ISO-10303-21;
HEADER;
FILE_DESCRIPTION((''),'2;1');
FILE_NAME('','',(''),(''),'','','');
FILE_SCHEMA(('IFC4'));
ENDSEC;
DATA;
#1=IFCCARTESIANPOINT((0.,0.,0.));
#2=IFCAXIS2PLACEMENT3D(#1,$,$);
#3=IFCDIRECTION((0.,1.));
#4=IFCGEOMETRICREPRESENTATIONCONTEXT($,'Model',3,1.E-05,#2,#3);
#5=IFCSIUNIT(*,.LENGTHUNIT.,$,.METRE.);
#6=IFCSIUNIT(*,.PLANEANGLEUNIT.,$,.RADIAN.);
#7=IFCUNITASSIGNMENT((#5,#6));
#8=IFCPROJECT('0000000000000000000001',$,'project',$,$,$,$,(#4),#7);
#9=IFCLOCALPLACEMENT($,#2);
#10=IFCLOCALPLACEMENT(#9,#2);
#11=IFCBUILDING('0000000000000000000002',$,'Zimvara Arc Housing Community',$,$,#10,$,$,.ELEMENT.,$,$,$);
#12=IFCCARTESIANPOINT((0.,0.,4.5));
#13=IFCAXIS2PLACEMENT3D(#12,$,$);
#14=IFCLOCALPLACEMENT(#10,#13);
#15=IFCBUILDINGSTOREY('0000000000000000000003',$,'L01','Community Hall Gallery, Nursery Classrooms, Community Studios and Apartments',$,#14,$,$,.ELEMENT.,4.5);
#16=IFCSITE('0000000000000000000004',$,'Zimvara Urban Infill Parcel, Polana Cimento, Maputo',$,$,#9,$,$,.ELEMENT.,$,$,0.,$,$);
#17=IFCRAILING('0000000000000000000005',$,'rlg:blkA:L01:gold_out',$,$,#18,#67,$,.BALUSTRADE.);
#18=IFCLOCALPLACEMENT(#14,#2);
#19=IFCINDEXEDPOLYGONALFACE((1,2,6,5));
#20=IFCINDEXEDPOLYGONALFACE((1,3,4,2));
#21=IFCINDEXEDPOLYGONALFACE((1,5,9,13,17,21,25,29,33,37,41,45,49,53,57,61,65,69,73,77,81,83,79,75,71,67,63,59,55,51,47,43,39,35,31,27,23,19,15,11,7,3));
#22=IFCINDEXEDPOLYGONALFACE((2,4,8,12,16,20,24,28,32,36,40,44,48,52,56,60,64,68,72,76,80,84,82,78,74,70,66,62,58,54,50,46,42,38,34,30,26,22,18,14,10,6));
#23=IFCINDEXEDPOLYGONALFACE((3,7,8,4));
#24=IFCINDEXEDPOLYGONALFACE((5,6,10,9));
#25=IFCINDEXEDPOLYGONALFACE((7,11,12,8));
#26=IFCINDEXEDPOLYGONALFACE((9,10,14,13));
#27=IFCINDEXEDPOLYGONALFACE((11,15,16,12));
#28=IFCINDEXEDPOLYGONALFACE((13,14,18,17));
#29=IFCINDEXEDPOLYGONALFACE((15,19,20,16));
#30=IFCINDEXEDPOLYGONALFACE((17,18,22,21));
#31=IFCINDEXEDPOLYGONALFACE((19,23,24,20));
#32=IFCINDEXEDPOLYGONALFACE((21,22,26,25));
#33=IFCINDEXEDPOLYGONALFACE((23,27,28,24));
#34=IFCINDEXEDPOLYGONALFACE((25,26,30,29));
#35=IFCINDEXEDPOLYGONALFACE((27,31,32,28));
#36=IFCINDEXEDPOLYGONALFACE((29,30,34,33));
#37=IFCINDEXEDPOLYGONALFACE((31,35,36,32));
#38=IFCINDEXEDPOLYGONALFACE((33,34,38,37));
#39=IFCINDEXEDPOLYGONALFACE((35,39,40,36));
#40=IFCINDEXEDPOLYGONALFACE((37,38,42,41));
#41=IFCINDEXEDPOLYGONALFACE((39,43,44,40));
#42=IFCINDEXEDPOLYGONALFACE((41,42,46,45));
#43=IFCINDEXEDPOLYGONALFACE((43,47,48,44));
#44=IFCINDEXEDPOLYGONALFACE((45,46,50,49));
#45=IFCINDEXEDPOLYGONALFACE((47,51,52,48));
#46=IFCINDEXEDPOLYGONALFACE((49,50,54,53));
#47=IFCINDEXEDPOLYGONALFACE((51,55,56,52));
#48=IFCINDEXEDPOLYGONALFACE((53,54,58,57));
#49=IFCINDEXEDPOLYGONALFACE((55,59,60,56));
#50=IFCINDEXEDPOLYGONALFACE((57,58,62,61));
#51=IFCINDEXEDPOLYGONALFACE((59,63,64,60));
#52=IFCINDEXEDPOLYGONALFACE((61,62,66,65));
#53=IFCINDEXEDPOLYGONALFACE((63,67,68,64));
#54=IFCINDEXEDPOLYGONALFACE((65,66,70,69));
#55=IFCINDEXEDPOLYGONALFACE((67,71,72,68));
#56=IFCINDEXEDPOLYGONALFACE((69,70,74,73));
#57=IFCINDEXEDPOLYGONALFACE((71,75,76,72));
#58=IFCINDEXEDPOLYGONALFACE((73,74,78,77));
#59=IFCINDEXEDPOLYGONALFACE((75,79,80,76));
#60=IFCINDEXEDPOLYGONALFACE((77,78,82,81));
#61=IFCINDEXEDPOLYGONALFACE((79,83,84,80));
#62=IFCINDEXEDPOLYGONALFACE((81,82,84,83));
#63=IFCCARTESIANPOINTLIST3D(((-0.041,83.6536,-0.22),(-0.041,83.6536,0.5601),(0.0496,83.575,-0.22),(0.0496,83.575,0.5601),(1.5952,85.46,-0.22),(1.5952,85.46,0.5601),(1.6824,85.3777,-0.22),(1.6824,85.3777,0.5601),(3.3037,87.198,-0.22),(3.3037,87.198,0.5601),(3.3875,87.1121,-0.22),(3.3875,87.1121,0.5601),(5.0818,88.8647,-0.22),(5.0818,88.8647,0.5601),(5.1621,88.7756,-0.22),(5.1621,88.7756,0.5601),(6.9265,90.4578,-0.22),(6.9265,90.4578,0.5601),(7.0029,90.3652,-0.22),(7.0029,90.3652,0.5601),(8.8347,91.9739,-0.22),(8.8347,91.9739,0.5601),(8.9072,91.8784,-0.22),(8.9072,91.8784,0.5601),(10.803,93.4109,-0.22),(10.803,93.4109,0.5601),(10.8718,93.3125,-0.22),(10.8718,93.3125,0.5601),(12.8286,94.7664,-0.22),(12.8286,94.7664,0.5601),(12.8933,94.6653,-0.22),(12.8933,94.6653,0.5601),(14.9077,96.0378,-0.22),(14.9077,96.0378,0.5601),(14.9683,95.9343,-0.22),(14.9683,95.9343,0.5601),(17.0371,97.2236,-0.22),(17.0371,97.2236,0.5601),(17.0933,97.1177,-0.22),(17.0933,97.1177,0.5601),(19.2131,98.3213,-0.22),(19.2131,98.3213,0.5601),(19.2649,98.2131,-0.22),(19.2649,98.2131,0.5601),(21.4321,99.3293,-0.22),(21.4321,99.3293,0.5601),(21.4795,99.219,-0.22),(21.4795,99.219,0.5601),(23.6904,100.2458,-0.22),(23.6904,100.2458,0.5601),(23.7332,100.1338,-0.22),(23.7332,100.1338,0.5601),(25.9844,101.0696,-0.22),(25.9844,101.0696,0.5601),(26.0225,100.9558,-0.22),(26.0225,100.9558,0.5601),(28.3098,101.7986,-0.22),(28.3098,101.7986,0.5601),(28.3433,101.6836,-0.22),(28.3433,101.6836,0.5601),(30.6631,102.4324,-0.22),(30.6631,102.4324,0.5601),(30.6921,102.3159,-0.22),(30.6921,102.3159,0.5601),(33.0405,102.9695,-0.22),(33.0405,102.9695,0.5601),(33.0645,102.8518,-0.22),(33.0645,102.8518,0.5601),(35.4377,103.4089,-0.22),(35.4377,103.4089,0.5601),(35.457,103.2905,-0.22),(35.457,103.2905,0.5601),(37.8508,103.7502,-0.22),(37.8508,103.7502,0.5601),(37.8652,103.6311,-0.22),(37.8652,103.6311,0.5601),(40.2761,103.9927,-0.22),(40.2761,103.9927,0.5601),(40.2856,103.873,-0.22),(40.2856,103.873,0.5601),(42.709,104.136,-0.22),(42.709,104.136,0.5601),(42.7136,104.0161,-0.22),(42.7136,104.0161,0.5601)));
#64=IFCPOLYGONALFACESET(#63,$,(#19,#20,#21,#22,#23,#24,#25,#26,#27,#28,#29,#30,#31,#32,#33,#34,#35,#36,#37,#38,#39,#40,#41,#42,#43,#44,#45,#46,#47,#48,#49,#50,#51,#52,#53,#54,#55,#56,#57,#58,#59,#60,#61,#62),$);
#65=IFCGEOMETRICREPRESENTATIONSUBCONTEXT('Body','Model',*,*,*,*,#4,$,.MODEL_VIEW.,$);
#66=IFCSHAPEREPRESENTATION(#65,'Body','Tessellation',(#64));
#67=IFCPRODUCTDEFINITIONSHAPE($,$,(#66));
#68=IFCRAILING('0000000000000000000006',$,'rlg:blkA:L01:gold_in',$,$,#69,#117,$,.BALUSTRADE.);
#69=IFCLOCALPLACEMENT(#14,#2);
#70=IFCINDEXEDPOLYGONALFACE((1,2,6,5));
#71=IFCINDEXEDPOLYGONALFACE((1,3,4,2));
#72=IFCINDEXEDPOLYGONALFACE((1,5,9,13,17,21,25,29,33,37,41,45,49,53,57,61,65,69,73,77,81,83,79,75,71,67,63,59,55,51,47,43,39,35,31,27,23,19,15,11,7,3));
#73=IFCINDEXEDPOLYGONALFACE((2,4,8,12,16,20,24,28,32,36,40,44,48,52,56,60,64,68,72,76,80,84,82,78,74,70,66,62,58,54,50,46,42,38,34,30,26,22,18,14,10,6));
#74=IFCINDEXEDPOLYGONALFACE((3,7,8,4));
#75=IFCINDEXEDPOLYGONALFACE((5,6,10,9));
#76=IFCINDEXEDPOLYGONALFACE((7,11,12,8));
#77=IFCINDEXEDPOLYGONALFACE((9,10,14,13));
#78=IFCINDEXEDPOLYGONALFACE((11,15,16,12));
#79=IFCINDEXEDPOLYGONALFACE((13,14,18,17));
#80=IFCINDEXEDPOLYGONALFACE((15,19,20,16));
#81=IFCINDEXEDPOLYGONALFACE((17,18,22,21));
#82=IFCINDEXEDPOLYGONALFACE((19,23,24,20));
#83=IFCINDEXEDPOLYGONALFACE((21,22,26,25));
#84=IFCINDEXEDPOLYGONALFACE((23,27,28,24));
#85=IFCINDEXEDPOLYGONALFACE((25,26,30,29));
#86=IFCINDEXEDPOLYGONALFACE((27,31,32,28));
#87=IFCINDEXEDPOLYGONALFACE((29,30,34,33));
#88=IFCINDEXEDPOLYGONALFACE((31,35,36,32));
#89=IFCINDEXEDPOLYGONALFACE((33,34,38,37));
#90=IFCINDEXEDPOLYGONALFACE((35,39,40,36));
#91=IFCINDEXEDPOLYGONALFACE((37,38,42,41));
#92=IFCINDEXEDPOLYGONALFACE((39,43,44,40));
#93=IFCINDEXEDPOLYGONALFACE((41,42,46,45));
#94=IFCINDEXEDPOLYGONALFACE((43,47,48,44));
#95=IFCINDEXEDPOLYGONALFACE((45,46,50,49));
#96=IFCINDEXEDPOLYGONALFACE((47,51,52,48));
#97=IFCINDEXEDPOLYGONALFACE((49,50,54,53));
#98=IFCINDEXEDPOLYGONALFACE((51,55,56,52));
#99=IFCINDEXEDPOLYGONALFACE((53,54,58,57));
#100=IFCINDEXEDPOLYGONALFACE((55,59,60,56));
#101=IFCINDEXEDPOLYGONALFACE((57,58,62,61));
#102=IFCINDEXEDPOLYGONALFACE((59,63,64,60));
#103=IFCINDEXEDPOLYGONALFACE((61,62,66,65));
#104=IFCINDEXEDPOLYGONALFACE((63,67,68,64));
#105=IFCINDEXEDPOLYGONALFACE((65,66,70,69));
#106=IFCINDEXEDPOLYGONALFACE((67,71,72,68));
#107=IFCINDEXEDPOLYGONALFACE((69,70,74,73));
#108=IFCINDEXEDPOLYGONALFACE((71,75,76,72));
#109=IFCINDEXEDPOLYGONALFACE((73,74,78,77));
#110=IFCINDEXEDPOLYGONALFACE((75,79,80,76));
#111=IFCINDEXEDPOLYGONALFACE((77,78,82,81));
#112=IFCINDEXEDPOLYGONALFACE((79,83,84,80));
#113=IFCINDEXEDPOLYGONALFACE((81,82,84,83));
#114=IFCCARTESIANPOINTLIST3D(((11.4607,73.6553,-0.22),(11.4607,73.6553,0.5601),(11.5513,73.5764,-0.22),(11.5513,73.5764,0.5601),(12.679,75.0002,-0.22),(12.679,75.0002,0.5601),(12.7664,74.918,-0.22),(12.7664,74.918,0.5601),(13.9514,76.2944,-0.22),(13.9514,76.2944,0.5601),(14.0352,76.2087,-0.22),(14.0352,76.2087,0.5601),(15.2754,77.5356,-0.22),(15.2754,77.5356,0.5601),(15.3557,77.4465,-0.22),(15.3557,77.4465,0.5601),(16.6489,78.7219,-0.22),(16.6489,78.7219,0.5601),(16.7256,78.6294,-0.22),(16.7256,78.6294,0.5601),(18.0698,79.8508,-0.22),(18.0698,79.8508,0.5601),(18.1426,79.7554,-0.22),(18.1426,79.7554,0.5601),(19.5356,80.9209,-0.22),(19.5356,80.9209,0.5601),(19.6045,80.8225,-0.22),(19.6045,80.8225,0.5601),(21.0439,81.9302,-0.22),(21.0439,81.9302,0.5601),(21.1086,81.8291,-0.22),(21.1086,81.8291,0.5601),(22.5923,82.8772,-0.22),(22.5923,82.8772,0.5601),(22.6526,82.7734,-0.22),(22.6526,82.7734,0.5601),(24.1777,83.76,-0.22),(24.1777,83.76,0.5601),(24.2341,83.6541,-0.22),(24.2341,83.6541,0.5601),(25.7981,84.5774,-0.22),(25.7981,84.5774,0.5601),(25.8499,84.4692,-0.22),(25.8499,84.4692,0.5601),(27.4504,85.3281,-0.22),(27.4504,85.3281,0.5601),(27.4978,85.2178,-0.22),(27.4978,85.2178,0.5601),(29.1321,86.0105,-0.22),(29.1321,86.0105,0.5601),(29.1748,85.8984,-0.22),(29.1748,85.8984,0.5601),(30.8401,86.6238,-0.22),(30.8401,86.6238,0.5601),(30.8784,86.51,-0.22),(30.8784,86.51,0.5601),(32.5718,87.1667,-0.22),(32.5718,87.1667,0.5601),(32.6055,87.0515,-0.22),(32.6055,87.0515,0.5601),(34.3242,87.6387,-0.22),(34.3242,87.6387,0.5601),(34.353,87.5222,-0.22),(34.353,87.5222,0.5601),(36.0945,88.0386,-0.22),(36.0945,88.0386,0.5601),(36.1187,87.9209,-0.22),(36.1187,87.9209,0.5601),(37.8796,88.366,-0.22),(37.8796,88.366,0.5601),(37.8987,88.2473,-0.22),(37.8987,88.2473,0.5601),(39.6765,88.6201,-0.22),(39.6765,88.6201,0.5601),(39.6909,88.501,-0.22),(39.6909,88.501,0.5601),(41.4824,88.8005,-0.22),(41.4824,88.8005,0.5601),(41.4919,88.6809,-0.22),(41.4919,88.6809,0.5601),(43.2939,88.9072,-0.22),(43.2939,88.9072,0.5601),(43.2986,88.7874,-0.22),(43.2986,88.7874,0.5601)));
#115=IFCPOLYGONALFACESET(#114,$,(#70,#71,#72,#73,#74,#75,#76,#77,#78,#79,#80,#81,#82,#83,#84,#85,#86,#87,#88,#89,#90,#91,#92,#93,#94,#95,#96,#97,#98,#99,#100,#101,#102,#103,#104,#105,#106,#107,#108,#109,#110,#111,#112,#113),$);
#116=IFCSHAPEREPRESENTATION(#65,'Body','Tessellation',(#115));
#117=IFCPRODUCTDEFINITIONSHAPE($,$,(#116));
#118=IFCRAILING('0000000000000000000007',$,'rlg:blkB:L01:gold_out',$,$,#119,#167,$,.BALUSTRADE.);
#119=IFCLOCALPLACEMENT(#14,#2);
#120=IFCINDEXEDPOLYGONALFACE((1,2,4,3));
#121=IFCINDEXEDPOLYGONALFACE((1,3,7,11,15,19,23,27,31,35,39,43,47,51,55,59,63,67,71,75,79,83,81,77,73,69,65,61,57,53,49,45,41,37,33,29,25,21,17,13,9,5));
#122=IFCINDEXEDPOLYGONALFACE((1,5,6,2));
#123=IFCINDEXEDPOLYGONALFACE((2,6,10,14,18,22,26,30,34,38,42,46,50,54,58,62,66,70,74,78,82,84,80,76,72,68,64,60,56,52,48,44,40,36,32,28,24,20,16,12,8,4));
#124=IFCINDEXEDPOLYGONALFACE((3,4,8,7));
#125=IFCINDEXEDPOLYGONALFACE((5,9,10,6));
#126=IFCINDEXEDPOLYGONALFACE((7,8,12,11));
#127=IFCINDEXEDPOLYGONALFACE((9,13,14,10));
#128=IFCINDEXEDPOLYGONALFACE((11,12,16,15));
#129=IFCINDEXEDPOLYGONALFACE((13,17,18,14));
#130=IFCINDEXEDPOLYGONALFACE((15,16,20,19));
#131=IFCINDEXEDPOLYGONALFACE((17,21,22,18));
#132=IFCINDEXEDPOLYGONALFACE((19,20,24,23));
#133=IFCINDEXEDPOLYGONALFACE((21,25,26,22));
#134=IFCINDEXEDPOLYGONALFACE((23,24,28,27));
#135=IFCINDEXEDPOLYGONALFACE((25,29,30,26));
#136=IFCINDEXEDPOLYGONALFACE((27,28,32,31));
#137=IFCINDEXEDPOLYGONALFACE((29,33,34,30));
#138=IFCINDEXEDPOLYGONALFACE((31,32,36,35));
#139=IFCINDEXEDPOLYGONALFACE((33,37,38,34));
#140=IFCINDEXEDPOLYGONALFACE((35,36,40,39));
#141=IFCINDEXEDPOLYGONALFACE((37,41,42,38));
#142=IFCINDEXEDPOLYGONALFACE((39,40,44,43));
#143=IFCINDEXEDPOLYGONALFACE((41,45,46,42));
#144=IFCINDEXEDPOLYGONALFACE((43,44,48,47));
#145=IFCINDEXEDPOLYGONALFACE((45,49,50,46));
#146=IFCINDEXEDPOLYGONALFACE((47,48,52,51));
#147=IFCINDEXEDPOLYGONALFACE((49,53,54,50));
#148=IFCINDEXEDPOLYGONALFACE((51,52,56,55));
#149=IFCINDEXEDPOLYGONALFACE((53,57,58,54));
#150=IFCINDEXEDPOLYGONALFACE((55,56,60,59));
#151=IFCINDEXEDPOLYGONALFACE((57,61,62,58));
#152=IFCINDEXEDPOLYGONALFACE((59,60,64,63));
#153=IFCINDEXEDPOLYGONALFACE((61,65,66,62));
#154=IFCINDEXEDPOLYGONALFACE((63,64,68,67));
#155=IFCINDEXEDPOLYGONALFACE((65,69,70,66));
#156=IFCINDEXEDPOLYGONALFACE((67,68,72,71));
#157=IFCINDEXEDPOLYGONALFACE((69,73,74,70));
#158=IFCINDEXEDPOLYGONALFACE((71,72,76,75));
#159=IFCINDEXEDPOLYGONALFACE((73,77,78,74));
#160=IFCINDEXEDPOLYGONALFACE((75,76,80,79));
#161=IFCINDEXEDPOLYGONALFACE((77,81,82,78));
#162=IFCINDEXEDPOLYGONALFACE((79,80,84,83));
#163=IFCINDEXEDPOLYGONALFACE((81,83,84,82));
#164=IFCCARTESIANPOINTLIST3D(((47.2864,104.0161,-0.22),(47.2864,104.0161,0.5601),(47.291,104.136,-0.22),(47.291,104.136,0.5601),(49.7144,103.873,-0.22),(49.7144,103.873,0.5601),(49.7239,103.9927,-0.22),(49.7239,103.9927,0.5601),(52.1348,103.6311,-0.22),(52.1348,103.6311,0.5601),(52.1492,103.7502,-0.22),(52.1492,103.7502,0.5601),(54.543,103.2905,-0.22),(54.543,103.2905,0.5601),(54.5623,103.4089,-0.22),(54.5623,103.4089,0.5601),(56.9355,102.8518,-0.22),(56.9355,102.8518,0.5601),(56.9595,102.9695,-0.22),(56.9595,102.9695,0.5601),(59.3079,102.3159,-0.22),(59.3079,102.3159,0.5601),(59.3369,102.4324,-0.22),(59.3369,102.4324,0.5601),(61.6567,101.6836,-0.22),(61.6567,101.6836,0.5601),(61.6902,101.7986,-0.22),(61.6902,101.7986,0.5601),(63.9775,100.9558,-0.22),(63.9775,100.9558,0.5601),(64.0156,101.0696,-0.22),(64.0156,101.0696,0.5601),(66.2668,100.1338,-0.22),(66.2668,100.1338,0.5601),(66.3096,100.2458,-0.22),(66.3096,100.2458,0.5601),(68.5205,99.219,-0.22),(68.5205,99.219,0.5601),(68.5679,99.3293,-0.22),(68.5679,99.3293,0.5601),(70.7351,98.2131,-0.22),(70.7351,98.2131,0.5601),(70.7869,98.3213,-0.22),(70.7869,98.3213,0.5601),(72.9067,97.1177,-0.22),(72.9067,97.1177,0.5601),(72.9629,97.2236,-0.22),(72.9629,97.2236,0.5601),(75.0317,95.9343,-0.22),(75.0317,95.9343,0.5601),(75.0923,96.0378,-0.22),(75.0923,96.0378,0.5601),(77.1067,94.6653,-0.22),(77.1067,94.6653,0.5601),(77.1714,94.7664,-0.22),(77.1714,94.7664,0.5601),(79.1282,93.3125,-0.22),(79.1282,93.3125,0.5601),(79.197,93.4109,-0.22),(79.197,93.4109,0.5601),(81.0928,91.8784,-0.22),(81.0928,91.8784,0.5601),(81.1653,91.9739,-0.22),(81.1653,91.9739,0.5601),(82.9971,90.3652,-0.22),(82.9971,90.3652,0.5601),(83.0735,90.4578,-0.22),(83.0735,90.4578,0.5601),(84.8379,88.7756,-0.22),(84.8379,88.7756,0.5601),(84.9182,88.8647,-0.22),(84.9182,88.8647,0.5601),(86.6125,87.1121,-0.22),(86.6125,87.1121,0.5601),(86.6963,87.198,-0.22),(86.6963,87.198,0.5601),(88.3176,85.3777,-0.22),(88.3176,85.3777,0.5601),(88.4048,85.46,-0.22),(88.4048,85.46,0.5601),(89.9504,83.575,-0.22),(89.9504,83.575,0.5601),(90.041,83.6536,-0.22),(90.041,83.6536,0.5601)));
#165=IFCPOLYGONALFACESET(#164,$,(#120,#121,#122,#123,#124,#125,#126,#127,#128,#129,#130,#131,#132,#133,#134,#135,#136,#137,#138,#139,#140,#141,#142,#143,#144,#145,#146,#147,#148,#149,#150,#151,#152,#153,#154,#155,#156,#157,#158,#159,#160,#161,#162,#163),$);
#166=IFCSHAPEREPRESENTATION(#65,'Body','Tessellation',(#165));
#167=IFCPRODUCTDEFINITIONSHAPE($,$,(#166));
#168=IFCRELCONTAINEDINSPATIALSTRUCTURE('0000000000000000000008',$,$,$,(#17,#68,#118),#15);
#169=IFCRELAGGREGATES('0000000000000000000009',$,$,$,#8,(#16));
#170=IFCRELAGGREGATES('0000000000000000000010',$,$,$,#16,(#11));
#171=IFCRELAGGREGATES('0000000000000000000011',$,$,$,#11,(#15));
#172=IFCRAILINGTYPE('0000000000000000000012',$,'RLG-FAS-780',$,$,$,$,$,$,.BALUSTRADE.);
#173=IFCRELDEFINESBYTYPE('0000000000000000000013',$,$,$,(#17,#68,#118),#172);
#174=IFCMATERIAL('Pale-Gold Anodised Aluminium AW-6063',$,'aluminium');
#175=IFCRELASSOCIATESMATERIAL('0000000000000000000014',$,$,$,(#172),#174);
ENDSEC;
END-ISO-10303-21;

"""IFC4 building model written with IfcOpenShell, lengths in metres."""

from ifc_helpers import new_model, si_unit, direction, frame, origin, place, context, subcontext, project, spatial, polyline, outline, extrude, material, type_object, element, save


model = new_model("IFC4")

# Units and contexts
model_context = context("Model", 3, precision=1e-05, world=origin(), true_north=direction((0.0, 1.0)))
body_context = subcontext(model_context, "Body", "Model", "MODEL_VIEW")
ifc_project = project(units=[si_unit("LENGTHUNIT", "METRE"), si_unit("PLANEANGLEUNIT", "RADIAN")], contexts=[model_context])

# Site, building, storey
site_placement = place(None, origin())
site = spatial("IfcSite", under=ifc_project, at=site_placement, Name="Zimvara Urban Infill Parcel, Polana Cimento, Maputo", CompositionType="ELEMENT", RefElevation=0.0)
building_placement = place(site_placement, origin())
building = spatial("IfcBuilding", under=site, at=building_placement, Name="Zimvara Arc Housing Community", CompositionType="ELEMENT")
storey_placement = place(building_placement, frame((0.0, 0.0, 4.5)))
storey = spatial("IfcBuildingStorey", under=building, at=storey_placement, Name="L01", Description="Community Hall Gallery, Nursery Classrooms, Community Studios and Apartments", CompositionType="ELEMENT", Elevation=4.5)

# Railings
ifc_material_1 = material(Name="Pale-Gold Anodised Aluminium AW-6063", Category="aluminium")
railing_type = type_object("IfcRailingType", Name="RLG-FAS-780", PredefinedType="BALUSTRADE", material=ifc_material_1)
railing_1_placement = place(storey_placement, frame((0.0, 0.0, -0.22)))
element("IfcRailing", 1, at=railing_1_placement, inside=storey, type_object=railing_type, Name="rlg:blkA:L01:gold_out", PredefinedType="BALUSTRADE", context=body_context, shape_type="SweptSolid", body=[
    extrude(outline(polyline([(0.0496, 83.575), (1.6824, 85.3777), (3.3875, 87.1121), (5.1621, 88.7756), (7.0029, 90.3652), (8.9072, 91.8784), (10.8718, 93.3125), (12.8933, 94.6653), (14.9683, 95.9343), (17.0933, 97.1177), (19.2649, 98.2131), (21.4795, 99.219), (23.7332, 100.1338), (26.0225, 100.9558), (28.3433, 101.6836), (30.6921, 102.3159), (33.0645, 102.8518), (35.457, 103.2905), (37.8652, 103.6311), (40.2856, 103.873), (42.7136, 104.0161), (42.709, 104.136), (40.2761, 103.9927), (37.8508, 103.7502), (35.4377, 103.4089), (33.0405, 102.9695), (30.6631, 102.4324), (28.3098, 101.7986), (25.9844, 101.0696), (23.6904, 100.2458), (21.4321, 99.3293), (19.2131, 98.3213), (17.0371, 97.2236), (14.9077, 96.0378), (12.8286, 94.7664), (10.803, 93.4109), (8.8347, 91.9739), (6.9265, 90.4578), (5.0818, 88.8647), (3.3037, 87.198), (1.5952, 85.46), (-0.041, 83.6536), (0.0496, 83.575)])), origin(), (0.0, 0.0, 1.0), 0.78),
])
railing_2_placement = place(storey_placement, frame((0.0, 0.0, -0.22)))
element("IfcRailing", 2, at=railing_2_placement, inside=storey, type_object=railing_type, Name="rlg:blkA:L01:gold_in", PredefinedType="BALUSTRADE", context=body_context, shape_type="SweptSolid", body=[
    extrude(outline(polyline([(11.5513, 73.5764), (12.7664, 74.918), (14.0352, 76.2087), (15.3557, 77.4465), (16.7256, 78.6294), (18.1426, 79.7554), (19.6045, 80.8225), (21.1086, 81.8291), (22.6526, 82.7734), (24.2341, 83.6541), (25.8499, 84.4692), (27.4978, 85.2178), (29.1748, 85.8984), (30.8784, 86.51), (32.6055, 87.0515), (34.353, 87.5222), (36.1187, 87.9209), (37.8987, 88.2473), (39.6909, 88.501), (41.4919, 88.6809), (43.2986, 88.7874), (43.2939, 88.9072), (41.4824, 88.8005), (39.6765, 88.6201), (37.8796, 88.366), (36.0945, 88.0386), (34.3242, 87.6387), (32.5718, 87.1667), (30.8401, 86.6238), (29.1321, 86.0105), (27.4504, 85.3281), (25.7981, 84.5774), (24.1777, 83.76), (22.5923, 82.8772), (21.0439, 81.9302), (19.5356, 80.9209), (18.0698, 79.8508), (16.6489, 78.7219), (15.2754, 77.5356), (13.9514, 76.2944), (12.679, 75.0002), (11.4607, 73.6553), (11.5513, 73.5764)])), origin(), (0.0, 0.0, 1.0), 0.78),
])
railing_3_placement = place(storey_placement, frame((0.0, 0.0, -0.22)))
element("IfcRailing", 3, at=railing_3_placement, inside=storey, type_object=railing_type, Name="rlg:blkB:L01:gold_out", PredefinedType="BALUSTRADE", context=body_context, shape_type="SweptSolid", body=[
    extrude(outline(polyline([(47.2864, 104.0161), (49.7144, 103.873), (52.1348, 103.6311), (54.543, 103.2905), (56.9355, 102.8518), (59.3079, 102.3159), (61.6567, 101.6836), (63.9775, 100.9558), (66.2668, 100.1338), (68.5205, 99.219), (70.7351, 98.2131), (72.9067, 97.1177), (75.0317, 95.9343), (77.1067, 94.6653), (79.1282, 93.3125), (81.0928, 91.8784), (82.9971, 90.3652), (84.8379, 88.7756), (86.6125, 87.1121), (88.3176, 85.3777), (89.9504, 83.575), (90.041, 83.6536), (88.4048, 85.46), (86.6963, 87.198), (84.9182, 88.8647), (83.0735, 90.4578), (81.1653, 91.9739), (79.197, 93.4109), (77.1714, 94.7664), (75.0923, 96.0378), (72.9629, 97.2236), (70.7869, 98.3213), (68.5679, 99.3293), (66.3096, 100.2458), (64.0156, 101.0696), (61.6902, 101.7986), (59.3369, 102.4324), (56.9595, 102.9695), (54.5623, 103.4089), (52.1492, 103.7502), (49.7239, 103.9927), (47.291, 104.136), (47.2864, 104.0161)])), origin(), (0.0, 0.0, 1.0), 0.78),
])

save(model, "model.ifc")
